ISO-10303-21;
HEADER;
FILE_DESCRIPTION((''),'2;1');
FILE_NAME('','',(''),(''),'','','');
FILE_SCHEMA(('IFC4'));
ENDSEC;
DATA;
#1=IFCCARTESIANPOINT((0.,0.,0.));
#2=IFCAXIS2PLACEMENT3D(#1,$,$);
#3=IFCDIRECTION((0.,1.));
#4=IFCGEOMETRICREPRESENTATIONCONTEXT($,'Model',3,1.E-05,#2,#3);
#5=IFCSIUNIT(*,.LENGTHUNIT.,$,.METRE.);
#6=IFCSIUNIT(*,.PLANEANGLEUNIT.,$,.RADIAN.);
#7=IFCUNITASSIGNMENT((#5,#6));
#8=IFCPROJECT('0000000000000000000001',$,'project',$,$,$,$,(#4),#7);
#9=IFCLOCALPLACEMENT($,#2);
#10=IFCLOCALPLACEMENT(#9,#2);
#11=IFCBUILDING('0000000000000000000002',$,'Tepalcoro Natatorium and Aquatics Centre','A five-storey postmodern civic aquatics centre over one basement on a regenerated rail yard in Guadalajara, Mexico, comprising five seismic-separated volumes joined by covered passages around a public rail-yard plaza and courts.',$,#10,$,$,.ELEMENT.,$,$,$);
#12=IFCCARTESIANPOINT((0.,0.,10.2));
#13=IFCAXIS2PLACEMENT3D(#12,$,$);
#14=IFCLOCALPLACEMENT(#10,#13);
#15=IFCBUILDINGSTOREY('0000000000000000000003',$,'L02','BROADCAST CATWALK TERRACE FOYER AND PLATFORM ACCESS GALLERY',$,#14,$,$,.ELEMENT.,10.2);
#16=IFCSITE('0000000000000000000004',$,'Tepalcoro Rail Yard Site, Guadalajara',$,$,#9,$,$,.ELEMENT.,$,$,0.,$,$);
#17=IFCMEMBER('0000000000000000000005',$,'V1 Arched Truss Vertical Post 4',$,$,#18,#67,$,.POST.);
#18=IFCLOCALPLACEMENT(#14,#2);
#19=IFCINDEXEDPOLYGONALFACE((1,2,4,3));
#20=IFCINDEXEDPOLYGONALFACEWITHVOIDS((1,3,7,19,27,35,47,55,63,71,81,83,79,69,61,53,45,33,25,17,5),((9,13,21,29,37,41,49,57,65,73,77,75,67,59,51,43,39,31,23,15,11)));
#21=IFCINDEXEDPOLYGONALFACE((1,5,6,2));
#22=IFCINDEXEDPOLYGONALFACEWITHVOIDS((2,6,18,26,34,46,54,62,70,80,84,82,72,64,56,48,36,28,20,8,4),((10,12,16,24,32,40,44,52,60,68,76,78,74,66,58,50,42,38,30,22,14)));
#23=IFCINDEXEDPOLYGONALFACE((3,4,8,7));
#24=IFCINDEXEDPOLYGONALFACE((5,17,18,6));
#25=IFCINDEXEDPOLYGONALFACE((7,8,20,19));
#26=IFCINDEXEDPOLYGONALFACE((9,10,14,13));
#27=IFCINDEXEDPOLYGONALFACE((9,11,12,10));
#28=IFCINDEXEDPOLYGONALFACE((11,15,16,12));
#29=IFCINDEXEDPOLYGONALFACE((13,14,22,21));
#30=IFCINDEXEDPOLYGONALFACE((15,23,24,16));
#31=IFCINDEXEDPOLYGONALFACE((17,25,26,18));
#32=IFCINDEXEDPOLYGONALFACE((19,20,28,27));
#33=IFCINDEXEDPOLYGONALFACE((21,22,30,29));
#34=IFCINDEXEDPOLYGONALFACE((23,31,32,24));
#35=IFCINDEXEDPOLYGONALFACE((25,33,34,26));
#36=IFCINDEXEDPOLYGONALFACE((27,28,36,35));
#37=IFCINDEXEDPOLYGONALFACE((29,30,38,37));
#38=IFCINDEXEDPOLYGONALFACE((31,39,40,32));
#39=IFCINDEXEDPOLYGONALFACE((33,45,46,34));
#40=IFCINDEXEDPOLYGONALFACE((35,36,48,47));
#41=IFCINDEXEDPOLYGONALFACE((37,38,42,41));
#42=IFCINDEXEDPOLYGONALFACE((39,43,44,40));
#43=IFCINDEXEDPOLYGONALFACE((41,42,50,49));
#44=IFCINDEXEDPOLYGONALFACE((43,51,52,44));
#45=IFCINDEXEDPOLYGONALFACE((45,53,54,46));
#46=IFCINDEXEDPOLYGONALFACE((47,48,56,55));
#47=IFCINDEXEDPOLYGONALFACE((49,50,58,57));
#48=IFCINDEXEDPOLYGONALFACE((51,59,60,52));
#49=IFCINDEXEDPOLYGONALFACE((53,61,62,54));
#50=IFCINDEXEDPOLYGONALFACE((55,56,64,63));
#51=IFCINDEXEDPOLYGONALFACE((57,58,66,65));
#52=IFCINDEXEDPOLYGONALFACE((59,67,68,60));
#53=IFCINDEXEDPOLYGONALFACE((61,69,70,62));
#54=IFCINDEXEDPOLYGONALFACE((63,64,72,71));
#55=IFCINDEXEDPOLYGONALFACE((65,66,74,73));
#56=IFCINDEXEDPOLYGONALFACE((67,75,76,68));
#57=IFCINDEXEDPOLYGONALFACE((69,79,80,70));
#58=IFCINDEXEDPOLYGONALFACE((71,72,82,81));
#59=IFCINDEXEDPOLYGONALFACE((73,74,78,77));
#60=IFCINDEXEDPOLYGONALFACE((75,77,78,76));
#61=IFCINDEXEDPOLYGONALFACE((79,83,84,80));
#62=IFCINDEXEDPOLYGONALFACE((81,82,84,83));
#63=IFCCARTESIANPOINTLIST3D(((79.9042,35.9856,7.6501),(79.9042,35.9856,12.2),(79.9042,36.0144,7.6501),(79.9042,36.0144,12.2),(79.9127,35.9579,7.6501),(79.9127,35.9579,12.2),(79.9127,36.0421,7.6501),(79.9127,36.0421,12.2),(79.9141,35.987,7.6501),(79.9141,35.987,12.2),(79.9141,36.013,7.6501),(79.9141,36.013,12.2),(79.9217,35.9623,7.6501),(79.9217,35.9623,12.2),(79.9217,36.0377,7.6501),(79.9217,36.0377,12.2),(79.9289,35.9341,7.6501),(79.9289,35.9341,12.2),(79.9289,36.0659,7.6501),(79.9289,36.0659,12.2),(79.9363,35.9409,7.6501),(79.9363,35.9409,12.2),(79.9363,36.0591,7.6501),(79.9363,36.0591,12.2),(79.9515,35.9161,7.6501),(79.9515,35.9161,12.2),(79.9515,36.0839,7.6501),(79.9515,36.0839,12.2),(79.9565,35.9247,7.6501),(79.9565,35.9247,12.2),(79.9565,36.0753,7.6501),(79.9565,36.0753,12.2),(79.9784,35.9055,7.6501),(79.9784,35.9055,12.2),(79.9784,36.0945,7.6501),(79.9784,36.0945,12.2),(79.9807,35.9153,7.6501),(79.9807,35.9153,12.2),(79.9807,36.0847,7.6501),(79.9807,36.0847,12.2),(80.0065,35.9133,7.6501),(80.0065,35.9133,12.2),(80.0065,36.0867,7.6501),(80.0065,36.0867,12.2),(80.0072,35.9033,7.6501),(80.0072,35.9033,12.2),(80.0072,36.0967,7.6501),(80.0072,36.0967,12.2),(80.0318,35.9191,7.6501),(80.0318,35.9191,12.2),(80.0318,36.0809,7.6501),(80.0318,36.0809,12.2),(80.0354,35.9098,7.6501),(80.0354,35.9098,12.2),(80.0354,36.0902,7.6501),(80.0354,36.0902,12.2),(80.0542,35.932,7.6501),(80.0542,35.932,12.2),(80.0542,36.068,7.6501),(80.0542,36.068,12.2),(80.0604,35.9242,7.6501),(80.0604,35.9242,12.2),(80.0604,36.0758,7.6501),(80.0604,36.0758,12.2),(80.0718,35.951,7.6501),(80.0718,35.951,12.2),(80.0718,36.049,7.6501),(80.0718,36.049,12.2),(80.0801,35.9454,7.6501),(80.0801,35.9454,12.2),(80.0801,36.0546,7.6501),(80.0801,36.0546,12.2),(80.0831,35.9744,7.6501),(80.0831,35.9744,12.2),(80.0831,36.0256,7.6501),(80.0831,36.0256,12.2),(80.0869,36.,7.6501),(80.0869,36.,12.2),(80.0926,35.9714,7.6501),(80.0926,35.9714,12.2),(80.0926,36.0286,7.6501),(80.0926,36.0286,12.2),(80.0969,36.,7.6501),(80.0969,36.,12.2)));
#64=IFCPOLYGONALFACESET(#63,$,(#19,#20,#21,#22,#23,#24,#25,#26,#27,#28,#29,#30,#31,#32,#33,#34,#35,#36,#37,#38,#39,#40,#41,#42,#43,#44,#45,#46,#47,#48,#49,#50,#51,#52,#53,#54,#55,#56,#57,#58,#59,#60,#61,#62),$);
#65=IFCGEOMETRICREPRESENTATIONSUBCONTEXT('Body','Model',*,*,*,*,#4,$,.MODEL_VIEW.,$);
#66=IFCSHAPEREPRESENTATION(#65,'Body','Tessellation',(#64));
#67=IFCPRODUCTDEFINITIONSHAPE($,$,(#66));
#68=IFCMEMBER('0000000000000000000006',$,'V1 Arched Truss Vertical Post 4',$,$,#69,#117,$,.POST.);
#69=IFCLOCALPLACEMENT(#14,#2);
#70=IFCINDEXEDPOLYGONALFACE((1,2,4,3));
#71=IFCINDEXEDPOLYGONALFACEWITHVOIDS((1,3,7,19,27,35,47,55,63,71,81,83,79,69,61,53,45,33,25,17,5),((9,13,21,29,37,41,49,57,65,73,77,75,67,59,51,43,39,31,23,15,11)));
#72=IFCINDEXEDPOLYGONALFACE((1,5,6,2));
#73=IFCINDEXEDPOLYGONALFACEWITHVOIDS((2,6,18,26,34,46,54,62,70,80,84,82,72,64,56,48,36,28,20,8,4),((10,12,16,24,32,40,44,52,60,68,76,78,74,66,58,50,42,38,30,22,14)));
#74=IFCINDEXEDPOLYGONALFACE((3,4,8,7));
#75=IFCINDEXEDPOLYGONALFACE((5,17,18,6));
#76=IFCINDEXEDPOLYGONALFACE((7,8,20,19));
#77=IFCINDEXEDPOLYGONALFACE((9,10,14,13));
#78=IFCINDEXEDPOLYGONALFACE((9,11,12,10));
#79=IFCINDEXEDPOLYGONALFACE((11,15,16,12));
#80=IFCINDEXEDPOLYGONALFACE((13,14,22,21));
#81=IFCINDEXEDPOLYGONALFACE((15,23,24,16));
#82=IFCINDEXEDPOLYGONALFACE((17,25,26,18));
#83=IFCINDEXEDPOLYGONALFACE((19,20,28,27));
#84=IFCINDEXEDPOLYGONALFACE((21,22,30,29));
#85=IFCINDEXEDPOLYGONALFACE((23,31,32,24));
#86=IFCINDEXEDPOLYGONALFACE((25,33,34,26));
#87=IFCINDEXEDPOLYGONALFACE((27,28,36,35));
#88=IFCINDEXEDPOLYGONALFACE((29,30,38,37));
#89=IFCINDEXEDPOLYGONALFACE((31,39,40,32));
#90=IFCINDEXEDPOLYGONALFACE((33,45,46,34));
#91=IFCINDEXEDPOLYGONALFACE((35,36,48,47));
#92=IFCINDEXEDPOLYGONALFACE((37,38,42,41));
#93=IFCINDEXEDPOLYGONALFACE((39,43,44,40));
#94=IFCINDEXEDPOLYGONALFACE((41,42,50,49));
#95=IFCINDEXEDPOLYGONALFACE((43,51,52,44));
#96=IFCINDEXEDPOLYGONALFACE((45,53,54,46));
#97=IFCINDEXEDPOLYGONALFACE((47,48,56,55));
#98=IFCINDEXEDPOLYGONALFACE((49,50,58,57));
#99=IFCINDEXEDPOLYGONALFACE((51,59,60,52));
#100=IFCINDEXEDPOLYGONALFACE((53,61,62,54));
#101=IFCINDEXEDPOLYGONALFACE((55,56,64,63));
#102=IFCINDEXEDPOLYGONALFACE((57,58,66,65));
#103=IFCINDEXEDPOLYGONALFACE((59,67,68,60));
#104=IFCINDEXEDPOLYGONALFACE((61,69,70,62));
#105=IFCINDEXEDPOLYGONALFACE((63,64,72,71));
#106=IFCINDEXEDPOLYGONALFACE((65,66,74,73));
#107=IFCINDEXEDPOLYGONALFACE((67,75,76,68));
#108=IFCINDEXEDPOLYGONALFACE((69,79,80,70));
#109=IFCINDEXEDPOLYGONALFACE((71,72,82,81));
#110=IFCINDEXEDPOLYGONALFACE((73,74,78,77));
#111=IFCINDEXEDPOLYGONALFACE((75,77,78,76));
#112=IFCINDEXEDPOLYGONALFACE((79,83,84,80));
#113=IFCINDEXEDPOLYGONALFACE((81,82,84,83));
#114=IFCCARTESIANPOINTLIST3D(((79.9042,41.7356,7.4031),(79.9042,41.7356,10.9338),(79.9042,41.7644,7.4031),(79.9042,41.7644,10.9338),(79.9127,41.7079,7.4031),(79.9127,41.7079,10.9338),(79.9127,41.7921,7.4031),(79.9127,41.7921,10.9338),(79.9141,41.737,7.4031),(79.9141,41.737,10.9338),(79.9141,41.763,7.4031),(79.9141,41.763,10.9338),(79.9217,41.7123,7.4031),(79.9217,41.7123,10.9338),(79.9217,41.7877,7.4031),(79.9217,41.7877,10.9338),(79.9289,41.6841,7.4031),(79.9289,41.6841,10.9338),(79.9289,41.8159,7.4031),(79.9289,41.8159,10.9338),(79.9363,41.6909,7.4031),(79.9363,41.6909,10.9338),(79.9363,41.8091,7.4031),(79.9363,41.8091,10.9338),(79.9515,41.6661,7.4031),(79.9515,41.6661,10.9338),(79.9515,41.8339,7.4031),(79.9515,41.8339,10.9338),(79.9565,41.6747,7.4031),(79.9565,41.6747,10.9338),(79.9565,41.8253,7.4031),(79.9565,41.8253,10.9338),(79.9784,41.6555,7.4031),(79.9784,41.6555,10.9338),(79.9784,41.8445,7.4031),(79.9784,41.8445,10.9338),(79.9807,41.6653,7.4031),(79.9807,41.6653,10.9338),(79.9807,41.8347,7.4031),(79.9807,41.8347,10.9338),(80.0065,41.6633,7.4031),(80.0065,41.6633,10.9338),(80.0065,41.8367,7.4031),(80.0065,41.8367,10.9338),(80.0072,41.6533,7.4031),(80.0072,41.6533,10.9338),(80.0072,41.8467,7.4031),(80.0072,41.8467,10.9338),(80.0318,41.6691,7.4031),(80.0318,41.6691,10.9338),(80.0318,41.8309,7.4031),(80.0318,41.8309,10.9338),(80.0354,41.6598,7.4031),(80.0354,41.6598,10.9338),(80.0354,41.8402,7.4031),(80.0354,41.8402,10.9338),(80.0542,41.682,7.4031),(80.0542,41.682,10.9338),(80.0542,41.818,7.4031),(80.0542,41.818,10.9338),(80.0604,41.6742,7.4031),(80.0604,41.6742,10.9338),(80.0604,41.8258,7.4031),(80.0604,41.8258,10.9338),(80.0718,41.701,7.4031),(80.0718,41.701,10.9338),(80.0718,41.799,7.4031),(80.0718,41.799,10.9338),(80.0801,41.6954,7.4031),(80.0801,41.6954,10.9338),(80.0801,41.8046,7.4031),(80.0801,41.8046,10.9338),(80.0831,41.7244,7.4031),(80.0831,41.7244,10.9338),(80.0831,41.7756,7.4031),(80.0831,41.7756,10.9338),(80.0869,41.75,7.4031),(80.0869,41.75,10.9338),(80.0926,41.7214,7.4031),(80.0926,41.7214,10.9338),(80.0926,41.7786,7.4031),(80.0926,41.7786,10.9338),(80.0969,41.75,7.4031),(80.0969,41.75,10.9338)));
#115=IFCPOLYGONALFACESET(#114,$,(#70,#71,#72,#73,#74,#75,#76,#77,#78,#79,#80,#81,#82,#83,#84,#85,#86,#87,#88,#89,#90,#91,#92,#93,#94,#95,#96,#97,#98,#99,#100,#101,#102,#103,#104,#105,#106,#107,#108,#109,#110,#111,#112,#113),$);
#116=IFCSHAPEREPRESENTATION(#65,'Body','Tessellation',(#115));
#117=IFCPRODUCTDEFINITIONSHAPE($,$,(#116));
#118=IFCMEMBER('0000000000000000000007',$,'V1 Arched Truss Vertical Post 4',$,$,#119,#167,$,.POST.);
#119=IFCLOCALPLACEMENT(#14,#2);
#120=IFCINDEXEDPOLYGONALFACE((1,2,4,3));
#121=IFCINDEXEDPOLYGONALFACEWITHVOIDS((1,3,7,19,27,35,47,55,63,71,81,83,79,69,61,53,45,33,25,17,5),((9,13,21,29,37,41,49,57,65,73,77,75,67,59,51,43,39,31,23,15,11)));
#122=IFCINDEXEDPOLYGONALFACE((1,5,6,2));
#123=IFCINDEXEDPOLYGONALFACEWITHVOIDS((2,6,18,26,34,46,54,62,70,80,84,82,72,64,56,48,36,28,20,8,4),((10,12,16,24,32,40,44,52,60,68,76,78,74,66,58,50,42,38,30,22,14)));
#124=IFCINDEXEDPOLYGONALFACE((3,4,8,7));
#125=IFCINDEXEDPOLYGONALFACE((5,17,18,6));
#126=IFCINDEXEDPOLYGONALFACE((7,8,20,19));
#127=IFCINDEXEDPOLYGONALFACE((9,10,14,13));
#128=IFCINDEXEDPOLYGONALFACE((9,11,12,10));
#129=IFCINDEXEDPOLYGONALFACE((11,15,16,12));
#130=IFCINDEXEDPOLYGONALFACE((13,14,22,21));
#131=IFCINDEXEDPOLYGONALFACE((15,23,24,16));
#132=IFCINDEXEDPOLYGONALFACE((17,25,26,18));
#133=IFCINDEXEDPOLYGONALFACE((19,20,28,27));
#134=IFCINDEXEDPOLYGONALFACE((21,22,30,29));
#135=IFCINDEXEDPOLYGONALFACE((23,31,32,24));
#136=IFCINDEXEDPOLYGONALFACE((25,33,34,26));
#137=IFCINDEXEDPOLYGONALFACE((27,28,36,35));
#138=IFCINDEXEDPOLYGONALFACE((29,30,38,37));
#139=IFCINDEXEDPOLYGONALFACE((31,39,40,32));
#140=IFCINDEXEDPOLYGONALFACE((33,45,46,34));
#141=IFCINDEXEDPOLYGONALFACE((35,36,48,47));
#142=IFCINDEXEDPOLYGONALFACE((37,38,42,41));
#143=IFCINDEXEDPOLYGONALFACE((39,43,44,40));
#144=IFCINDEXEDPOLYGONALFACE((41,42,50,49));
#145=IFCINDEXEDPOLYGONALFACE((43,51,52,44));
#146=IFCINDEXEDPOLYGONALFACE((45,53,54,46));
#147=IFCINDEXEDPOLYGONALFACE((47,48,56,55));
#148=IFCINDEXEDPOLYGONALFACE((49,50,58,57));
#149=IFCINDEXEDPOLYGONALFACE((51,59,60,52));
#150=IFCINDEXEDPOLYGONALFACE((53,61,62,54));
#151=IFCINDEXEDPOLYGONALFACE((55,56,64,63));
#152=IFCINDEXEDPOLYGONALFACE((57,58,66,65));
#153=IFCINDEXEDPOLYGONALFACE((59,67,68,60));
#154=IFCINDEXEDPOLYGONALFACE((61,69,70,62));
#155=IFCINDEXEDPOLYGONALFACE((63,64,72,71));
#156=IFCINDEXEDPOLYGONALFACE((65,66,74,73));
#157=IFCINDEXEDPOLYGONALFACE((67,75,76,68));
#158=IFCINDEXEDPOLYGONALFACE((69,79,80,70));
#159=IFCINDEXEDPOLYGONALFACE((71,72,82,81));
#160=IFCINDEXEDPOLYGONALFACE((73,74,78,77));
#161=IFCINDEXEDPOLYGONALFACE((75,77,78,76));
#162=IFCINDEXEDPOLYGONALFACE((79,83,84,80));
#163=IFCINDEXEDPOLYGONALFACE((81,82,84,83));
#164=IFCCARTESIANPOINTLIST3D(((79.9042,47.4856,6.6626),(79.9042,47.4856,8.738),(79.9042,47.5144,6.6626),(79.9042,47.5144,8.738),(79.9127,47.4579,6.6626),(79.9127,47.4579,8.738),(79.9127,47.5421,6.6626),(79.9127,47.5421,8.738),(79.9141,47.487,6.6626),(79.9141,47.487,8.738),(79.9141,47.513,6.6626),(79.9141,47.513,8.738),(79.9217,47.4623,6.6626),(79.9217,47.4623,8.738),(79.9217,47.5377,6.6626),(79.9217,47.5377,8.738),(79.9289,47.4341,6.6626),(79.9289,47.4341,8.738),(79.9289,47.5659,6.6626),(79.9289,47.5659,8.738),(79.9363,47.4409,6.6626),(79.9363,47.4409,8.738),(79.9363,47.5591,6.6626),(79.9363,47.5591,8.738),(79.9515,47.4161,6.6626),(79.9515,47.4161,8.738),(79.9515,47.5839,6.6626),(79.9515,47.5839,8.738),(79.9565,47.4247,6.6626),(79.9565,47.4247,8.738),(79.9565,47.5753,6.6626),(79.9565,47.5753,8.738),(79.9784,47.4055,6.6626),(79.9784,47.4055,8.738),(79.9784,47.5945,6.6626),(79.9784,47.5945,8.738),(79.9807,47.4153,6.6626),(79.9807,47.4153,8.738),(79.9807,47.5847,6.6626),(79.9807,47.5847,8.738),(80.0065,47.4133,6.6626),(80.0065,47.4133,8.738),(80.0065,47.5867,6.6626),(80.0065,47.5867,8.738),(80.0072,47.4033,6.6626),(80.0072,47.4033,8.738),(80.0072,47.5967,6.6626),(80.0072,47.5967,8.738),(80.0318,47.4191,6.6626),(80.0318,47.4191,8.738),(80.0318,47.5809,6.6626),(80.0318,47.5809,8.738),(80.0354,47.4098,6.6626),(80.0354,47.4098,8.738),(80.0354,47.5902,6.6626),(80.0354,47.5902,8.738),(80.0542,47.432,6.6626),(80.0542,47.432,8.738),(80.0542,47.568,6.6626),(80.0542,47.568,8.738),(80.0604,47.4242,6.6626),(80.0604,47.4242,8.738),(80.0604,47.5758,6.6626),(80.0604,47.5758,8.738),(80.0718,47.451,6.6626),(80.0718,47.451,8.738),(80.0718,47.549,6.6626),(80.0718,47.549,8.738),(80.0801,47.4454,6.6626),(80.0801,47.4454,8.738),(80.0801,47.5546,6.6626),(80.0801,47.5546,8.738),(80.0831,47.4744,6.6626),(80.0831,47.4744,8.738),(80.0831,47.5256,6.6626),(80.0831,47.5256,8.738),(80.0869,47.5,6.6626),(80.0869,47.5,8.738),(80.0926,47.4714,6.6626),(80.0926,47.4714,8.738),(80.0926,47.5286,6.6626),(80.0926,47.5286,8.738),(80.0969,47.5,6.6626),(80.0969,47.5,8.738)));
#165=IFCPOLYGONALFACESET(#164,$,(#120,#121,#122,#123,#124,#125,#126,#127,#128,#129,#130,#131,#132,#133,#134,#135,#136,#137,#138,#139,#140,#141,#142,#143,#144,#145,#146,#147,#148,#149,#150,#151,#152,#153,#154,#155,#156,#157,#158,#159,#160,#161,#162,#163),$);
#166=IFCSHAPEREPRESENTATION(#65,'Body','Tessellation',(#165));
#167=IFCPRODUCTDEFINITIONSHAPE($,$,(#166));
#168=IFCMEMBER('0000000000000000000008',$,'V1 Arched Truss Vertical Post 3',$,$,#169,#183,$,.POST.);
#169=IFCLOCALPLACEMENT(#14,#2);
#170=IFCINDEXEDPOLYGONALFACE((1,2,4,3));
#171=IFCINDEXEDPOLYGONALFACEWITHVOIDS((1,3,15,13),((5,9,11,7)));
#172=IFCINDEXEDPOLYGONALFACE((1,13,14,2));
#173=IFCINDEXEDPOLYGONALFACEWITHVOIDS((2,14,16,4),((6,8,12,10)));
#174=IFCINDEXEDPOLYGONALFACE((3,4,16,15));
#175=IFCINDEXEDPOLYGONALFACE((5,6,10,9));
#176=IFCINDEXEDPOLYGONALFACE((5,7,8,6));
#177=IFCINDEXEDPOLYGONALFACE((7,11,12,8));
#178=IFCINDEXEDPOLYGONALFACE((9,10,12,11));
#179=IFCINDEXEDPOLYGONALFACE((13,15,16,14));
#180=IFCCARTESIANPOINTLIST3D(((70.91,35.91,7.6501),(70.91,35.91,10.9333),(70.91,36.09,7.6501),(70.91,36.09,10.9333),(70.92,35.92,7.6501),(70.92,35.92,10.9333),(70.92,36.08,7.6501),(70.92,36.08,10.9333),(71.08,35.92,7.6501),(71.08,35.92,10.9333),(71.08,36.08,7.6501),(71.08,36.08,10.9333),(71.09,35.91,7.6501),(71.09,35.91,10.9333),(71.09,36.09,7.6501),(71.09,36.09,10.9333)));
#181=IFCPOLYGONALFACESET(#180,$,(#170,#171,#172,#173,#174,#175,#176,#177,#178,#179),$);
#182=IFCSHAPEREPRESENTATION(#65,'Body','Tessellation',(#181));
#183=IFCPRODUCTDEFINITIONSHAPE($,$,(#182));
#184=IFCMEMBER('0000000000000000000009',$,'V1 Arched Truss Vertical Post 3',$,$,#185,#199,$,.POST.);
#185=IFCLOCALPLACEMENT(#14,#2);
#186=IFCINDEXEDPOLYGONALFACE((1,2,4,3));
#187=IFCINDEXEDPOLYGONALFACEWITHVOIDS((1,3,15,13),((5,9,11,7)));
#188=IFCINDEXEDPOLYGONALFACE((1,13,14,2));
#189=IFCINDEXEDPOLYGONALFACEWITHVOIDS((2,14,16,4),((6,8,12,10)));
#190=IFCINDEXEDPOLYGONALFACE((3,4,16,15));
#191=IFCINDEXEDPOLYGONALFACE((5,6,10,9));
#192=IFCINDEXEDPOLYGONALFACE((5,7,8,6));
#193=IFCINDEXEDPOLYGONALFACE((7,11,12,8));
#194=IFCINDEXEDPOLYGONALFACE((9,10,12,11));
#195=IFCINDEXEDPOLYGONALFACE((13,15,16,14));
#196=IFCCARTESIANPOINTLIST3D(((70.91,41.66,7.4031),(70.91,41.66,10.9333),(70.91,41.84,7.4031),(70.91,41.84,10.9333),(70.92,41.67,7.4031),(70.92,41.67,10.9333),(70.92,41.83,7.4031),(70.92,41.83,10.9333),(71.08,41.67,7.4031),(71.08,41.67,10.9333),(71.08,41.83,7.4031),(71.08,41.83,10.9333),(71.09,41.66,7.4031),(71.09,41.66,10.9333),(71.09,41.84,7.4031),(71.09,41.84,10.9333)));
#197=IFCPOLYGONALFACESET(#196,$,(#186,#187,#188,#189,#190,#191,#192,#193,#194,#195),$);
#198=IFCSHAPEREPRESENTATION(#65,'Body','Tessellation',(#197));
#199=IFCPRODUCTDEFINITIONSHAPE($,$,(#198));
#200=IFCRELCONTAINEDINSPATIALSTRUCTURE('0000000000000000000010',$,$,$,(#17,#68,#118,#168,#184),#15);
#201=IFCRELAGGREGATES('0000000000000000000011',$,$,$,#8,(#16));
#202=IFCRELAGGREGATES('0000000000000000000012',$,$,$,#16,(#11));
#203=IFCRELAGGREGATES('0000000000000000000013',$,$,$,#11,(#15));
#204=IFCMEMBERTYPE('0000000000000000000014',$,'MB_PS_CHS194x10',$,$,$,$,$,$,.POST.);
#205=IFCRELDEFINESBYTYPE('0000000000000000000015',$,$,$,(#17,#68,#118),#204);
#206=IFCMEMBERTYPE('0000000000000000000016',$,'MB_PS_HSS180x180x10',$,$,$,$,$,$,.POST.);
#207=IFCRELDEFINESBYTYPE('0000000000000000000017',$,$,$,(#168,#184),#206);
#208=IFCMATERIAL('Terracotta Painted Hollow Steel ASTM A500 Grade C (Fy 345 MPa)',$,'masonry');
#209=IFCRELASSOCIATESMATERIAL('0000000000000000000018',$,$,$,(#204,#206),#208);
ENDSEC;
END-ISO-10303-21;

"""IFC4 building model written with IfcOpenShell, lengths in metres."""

from ifc_helpers import new_model, si_unit, direction, frame, origin, origin_2d, place, context, subcontext, project, spatial, hollow_rectangle, hollow_circle, extrude, material, material_profile, profile_set, type_object, element, save


model = new_model("IFC4")

# Units and contexts
model_context = context("Model", 3, precision=1e-05, world=origin(), true_north=direction((0.0, 1.0)))
body_context = subcontext(model_context, "Body", "Model", "MODEL_VIEW")
ifc_project = project(units=[si_unit("LENGTHUNIT", "METRE"), si_unit("PLANEANGLEUNIT", "RADIAN")], contexts=[model_context])

# Site, building, storey
site_placement = place(None, origin())
site = spatial("IfcSite", under=ifc_project, at=site_placement, Name="Tepalcoro Rail Yard Site, Guadalajara", CompositionType="ELEMENT", RefElevation=0.0)
building_placement = place(site_placement, origin())
building = spatial("IfcBuilding", under=site, at=building_placement, Name="Tepalcoro Natatorium and Aquatics Centre", Description="A five-storey postmodern civic aquatics centre over one basement on a regenerated rail yard in Guadalajara, Mexico, comprising five seismic-separated volumes joined by covered passages around a public rail-yard plaza and courts.", CompositionType="ELEMENT")
storey_placement = place(building_placement, frame((0.0, 0.0, 10.2)))
storey = spatial("IfcBuildingStorey", under=building, at=storey_placement, Name="L02", Description="BROADCAST CATWALK TERRACE FOYER AND PLATFORM ACCESS GALLERY", CompositionType="ELEMENT", Elevation=10.2)

# Shared definitions
ifc_material_1 = material(Name="Terracotta Painted Hollow Steel ASTM A500 Grade C (Fy 345 MPa)", Category="masonry")

# Members
ifc_material_profile_1 = material_profile(ifc_material_1, hollow_circle(Radius=0.0969, WallThickness=0.01, at=origin_2d()), Name="CHS194X10")
ifc_profile_set_1 = profile_set([ifc_material_profile_1], Name="Terracotta Painted Hollow Steel ASTM A500 Grade C (Fy 345 MPa)")
member_type_1 = type_object("IfcMemberType", Name="MB_PS_CHS194x10", PredefinedType="POST", material=ifc_profile_set_1)
member_1_placement = place(storey_placement, frame((80.0, 36.0, 7.6501), z_axis=(0.0, 0.0, 1.0), x_axis=(1.0, 0.0, 0.0)))
element("IfcMember", 1, at=member_1_placement, inside=storey, type_object=member_type_1, Name="V1 Arched Truss Vertical Post 4", PredefinedType="POST", context=body_context, shape_type="SweptSolid", body=[
    extrude(hollow_circle(Radius=0.0969, WallThickness=0.01, at=origin_2d()), origin(), (0.0, 0.0, 1.0), 4.5498),
])
member_2_placement = place(storey_placement, frame((80.0, 41.75, 7.4031), z_axis=(0.0, 0.0, 1.0), x_axis=(1.0, 0.0, 0.0)))
element("IfcMember", 2, at=member_2_placement, inside=storey, type_object=member_type_1, Name="V1 Arched Truss Vertical Post 4", PredefinedType="POST", context=body_context, shape_type="SweptSolid", body=[
    extrude(hollow_circle(Radius=0.0969, WallThickness=0.01, at=origin_2d()), origin(), (0.0, 0.0, 1.0), 3.5308),
])
member_3_placement = place(storey_placement, frame((80.0, 47.5, 6.6626), z_axis=(0.0, 0.0, 1.0), x_axis=(1.0, 0.0, 0.0)))
element("IfcMember", 3, at=member_3_placement, inside=storey, type_object=member_type_1, Name="V1 Arched Truss Vertical Post 4", PredefinedType="POST", context=body_context, shape_type="SweptSolid", body=[
    extrude(hollow_circle(Radius=0.0969, WallThickness=0.01, at=origin_2d()), origin(), (0.0, 0.0, 1.0), 2.0754),
])
ifc_material_profile_2 = material_profile(ifc_material_1, hollow_rectangle(XDim=0.1799, YDim=0.1799, WallThickness=0.01, at=origin_2d()), Name="HSS180X180X10")
ifc_profile_set_2 = profile_set([ifc_material_profile_2], Name="Terracotta Painted Hollow Steel ASTM A500 Grade C (Fy 345 MPa)")
member_type_2 = type_object("IfcMemberType", Name="MB_PS_HSS180x180x10", PredefinedType="POST", material=ifc_profile_set_2)
member_4_placement = place(storey_placement, frame((71.0, 36.0, 7.6501), z_axis=(0.0, 0.0, 1.0), x_axis=(1.0, 0.0, 0.0)))
element("IfcMember", 4, at=member_4_placement, inside=storey, type_object=member_type_2, Name="V1 Arched Truss Vertical Post 3", PredefinedType="POST", context=body_context, shape_type="SweptSolid", body=[
    extrude(hollow_rectangle(XDim=0.1799, YDim=0.1799, WallThickness=0.01, at=origin_2d()), origin(), (0.0, 0.0, 1.0), 3.2832),
])
member_5_placement = place(storey_placement, frame((71.0, 41.75, 7.4031), z_axis=(0.0, 0.0, 1.0), x_axis=(1.0, 0.0, 0.0)))
element("IfcMember", 5, at=member_5_placement, inside=storey, type_object=member_type_2, Name="V1 Arched Truss Vertical Post 3", PredefinedType="POST", context=body_context, shape_type="SweptSolid", body=[
    extrude(hollow_rectangle(XDim=0.1799, YDim=0.1799, WallThickness=0.01, at=origin_2d()), origin(), (0.0, 0.0, 1.0), 3.5303),
])

save(model, "model.ifc")
